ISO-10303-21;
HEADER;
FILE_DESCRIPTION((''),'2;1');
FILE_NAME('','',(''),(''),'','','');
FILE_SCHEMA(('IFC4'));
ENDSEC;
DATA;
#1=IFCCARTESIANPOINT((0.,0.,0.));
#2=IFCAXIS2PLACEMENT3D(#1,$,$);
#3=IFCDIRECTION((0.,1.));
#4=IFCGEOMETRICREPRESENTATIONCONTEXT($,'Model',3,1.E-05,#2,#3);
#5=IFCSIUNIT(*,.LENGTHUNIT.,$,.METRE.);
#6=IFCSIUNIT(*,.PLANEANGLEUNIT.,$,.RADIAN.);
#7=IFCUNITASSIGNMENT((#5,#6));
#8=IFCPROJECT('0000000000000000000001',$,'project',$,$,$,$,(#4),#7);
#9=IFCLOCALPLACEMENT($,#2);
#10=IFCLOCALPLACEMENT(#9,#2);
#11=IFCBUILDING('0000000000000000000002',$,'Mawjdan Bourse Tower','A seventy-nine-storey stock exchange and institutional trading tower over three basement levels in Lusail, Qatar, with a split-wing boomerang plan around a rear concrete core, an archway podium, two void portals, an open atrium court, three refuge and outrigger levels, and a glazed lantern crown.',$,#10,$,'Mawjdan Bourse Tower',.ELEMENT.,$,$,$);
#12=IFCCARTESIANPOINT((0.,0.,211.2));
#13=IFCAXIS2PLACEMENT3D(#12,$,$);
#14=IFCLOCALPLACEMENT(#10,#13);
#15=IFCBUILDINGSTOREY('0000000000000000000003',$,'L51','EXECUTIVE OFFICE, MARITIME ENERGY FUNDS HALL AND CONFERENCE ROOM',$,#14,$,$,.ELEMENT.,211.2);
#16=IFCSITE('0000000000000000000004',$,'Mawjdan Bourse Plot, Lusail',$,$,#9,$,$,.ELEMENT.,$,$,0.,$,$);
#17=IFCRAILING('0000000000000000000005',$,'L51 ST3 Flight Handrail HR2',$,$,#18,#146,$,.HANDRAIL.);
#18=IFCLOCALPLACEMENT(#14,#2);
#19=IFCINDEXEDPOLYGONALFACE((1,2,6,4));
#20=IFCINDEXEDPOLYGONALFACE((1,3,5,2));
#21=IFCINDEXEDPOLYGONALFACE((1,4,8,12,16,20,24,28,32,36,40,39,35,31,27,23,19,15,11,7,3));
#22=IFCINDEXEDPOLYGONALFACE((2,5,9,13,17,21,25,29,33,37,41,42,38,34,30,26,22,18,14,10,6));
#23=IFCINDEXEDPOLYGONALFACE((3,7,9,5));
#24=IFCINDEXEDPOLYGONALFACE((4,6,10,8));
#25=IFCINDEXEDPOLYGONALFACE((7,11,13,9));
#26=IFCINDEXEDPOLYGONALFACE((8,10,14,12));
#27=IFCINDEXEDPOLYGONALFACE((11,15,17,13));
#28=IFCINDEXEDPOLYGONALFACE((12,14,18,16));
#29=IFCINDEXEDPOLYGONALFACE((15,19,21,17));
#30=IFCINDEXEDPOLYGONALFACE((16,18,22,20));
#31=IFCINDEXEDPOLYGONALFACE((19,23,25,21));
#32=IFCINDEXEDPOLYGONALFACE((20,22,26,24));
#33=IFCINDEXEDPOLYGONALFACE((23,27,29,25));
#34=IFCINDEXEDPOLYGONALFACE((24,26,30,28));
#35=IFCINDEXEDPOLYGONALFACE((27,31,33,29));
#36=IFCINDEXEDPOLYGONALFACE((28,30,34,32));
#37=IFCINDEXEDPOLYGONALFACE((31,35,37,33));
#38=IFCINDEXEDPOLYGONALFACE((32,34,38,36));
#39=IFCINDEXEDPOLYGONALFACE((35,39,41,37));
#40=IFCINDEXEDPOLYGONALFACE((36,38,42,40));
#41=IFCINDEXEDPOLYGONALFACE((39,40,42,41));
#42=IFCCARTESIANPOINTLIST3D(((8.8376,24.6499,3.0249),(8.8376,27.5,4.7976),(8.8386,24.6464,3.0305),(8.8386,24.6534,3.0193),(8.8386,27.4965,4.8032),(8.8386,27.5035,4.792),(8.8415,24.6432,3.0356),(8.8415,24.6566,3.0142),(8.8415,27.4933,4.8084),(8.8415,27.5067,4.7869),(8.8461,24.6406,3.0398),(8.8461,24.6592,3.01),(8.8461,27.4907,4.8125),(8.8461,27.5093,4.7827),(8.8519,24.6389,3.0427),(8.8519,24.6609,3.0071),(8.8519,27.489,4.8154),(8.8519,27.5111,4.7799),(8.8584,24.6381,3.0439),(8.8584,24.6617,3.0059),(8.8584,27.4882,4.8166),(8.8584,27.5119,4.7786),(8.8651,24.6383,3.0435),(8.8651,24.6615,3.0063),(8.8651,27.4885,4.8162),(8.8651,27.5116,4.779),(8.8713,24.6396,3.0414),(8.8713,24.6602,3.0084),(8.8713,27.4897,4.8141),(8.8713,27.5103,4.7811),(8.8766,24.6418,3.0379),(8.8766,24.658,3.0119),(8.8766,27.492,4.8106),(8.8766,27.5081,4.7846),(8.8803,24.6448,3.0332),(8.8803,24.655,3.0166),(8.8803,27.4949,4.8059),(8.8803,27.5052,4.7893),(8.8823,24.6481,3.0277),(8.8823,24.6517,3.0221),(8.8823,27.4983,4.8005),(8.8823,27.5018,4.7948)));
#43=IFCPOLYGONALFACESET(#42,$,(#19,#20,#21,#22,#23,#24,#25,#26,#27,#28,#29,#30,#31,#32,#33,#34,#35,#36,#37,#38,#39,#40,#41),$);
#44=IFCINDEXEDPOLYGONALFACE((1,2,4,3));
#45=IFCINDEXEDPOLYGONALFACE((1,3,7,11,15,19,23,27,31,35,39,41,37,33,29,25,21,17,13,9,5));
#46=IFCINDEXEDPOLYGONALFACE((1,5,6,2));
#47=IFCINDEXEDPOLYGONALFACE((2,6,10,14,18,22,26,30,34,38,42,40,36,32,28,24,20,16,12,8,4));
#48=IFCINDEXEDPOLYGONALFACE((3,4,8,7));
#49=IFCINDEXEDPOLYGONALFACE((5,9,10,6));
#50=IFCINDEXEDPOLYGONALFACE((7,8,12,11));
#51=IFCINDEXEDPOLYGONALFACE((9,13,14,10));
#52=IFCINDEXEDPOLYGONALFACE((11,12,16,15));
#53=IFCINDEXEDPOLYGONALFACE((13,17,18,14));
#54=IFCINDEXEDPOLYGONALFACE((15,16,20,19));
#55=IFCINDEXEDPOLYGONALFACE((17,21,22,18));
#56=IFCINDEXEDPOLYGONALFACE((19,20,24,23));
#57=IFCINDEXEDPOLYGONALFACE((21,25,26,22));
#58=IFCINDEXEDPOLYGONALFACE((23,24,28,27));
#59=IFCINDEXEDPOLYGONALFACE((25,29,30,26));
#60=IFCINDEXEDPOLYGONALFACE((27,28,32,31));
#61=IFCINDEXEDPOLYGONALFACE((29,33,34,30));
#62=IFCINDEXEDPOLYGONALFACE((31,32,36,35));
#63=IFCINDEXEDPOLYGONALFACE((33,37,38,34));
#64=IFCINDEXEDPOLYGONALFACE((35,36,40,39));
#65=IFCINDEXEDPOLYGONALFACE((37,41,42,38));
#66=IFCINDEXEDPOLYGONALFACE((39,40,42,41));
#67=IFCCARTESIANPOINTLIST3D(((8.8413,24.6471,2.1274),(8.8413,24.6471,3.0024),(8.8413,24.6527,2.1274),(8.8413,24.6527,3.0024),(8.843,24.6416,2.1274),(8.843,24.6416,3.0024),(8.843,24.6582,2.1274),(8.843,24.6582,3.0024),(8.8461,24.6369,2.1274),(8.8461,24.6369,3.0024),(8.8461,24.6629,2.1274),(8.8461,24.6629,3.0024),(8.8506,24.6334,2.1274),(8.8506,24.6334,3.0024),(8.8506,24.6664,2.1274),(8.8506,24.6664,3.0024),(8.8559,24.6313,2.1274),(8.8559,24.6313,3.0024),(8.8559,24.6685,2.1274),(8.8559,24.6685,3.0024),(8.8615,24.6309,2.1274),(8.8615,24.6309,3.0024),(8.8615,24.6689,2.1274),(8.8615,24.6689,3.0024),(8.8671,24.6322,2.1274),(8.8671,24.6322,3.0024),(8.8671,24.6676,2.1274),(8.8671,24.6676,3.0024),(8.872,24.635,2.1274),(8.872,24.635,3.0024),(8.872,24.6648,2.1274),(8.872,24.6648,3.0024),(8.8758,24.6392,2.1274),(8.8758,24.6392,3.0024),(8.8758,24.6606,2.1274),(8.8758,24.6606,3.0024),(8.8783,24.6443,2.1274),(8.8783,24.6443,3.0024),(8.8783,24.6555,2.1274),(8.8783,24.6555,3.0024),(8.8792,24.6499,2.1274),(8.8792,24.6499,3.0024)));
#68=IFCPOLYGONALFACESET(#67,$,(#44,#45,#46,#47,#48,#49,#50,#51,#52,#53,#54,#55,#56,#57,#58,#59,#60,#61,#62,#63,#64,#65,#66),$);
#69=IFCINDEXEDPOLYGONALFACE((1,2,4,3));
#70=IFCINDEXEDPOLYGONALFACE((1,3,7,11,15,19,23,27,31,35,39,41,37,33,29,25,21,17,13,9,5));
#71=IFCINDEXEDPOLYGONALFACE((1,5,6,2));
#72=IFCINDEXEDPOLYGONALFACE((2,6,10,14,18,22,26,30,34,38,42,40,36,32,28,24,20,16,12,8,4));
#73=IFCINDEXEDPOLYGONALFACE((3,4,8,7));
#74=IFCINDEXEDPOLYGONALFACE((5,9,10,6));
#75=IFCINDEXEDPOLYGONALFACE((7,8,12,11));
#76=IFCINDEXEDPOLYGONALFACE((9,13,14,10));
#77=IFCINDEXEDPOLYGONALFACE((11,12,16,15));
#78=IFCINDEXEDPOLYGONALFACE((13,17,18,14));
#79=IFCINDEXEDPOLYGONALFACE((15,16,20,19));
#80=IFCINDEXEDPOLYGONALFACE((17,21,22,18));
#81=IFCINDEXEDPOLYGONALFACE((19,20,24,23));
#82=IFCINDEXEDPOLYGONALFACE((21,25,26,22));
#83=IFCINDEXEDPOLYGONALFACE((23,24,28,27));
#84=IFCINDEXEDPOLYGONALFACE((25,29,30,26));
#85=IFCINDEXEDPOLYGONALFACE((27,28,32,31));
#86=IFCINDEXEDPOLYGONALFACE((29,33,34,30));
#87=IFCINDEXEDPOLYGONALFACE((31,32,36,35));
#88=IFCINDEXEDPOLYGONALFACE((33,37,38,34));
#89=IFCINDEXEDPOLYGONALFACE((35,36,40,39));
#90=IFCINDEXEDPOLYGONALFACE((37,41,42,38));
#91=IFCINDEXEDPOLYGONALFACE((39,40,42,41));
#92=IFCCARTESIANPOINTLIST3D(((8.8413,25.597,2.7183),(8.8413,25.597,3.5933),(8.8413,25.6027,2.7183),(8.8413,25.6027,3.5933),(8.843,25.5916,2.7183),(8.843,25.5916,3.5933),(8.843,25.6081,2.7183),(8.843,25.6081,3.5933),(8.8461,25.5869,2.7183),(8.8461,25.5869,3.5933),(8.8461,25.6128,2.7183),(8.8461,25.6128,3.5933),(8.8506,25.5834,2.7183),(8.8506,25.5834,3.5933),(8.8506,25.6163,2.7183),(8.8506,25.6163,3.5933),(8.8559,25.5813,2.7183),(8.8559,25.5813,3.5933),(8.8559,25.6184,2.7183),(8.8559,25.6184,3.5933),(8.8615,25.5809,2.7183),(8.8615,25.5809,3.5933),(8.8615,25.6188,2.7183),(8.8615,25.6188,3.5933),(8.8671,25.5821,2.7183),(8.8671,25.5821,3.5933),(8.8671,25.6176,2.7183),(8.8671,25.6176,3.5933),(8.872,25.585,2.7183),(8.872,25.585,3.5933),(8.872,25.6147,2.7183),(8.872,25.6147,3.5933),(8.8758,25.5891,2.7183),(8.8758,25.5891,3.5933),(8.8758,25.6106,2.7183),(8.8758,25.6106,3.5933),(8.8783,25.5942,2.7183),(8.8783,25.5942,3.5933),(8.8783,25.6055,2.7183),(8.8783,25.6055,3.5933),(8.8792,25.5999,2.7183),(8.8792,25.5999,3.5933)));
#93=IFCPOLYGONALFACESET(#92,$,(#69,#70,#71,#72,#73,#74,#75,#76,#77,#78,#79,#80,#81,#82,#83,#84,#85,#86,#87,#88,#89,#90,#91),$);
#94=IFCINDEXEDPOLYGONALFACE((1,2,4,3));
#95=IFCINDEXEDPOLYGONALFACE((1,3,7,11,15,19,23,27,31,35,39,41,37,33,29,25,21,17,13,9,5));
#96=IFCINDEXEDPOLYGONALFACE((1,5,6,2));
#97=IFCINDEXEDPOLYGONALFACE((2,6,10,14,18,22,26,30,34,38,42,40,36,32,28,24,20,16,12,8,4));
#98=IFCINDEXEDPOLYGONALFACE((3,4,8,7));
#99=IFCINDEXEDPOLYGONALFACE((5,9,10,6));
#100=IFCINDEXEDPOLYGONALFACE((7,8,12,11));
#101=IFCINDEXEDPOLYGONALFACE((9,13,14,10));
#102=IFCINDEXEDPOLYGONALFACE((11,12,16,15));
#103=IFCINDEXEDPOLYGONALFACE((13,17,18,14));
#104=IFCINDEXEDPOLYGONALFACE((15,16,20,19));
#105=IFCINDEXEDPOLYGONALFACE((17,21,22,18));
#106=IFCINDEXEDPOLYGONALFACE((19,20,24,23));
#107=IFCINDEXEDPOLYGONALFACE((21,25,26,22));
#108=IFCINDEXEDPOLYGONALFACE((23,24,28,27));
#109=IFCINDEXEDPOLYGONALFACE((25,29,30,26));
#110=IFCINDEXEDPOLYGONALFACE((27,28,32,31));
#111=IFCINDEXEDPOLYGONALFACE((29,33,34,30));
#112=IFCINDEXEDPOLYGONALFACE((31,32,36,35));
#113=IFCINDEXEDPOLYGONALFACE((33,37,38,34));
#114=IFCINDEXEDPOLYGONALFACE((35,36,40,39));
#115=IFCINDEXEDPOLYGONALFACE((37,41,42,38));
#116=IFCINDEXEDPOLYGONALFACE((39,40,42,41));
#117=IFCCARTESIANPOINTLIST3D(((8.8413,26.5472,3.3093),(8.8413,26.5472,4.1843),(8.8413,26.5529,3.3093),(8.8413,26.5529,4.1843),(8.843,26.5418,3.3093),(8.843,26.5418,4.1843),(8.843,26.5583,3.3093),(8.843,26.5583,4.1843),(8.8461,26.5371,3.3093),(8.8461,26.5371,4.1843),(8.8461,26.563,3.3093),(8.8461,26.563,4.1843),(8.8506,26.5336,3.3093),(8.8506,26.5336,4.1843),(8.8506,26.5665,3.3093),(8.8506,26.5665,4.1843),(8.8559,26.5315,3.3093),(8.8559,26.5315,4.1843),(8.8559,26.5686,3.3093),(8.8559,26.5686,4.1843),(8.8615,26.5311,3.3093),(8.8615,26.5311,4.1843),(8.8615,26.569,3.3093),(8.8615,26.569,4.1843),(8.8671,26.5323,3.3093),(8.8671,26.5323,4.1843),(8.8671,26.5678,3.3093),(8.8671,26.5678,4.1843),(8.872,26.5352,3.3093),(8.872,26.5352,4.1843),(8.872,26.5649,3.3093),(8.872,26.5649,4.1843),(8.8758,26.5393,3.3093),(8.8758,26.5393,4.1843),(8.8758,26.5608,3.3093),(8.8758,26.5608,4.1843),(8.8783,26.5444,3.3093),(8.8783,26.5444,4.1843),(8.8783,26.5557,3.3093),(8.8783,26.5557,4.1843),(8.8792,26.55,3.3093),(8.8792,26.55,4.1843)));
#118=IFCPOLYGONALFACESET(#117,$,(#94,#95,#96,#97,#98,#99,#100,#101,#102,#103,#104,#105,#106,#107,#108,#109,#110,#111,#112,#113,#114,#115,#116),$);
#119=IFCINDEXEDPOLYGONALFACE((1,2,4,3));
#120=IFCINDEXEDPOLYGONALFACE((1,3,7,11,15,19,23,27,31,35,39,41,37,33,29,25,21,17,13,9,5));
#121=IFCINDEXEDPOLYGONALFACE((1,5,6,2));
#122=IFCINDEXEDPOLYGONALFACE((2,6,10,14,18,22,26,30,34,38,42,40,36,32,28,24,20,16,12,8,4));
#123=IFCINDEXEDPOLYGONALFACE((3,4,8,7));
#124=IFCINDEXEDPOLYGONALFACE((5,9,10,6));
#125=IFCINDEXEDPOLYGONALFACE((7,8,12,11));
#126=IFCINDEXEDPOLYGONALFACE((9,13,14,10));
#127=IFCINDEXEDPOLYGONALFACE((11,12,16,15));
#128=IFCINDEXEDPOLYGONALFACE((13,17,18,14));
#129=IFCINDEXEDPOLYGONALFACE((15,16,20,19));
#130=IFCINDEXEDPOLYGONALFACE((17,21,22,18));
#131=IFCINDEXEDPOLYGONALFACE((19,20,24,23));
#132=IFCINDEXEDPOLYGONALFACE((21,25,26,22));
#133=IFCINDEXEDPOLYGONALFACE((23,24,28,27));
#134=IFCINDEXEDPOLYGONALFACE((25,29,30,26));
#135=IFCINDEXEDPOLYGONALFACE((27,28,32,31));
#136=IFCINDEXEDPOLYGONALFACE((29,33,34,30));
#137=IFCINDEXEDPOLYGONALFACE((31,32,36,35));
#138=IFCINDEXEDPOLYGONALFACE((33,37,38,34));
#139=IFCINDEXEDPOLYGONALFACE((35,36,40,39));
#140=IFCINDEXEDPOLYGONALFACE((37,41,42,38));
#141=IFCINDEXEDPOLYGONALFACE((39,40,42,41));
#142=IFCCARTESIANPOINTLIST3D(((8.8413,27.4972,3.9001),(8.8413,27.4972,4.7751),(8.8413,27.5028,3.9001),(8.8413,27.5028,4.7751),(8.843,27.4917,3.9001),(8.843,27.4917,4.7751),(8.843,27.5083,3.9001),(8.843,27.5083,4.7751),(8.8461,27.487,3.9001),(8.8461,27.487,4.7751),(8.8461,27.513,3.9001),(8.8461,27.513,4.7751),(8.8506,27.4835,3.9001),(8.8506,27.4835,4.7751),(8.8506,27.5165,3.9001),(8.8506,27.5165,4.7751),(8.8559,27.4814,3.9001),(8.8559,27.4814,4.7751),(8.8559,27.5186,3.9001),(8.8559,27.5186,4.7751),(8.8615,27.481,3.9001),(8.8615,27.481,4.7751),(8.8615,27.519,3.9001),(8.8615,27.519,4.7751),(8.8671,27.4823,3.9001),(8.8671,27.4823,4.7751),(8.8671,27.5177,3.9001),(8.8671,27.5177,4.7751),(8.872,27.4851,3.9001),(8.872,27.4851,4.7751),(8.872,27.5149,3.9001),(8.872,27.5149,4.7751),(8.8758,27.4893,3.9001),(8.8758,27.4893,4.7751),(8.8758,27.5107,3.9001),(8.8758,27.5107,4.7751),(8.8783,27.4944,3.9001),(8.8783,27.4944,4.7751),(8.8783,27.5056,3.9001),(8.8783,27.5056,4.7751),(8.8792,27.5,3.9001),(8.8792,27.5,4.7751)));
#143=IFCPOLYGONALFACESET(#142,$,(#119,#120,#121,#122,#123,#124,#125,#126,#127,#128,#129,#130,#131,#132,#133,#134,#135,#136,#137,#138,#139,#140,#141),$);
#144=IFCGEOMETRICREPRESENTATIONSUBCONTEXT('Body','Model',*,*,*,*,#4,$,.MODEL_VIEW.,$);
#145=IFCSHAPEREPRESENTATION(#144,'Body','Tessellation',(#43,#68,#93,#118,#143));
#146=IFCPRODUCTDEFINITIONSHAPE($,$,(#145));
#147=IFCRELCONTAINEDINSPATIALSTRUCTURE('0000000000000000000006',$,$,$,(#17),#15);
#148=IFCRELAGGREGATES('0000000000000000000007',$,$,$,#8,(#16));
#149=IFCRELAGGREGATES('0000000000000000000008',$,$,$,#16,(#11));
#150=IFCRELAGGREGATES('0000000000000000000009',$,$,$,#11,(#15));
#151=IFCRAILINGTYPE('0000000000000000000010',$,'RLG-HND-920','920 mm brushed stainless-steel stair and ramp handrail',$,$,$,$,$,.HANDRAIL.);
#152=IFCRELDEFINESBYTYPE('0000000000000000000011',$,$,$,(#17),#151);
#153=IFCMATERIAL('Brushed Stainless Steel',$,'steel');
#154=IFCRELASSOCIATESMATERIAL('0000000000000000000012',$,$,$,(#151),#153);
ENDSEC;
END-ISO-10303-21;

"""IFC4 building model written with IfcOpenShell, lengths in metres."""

from ifc_helpers import new_model, si_unit, direction, frame, origin, origin_2d, place, context, subcontext, project, spatial, circle, extrude, material, type_object, element, save


model = new_model("IFC4")

# Units and contexts
model_context = context("Model", 3, precision=1e-05, world=origin(), true_north=direction((0.0, 1.0)))
body_context = subcontext(model_context, "Body", "Model", "MODEL_VIEW")
ifc_project = project(units=[si_unit("LENGTHUNIT", "METRE"), si_unit("PLANEANGLEUNIT", "RADIAN")], contexts=[model_context])

# Site, building, storey
site_placement = place(None, origin())
site = spatial("IfcSite", under=ifc_project, at=site_placement, Name="Mawjdan Bourse Plot, Lusail", CompositionType="ELEMENT", RefElevation=0.0)
building_placement = place(site_placement, origin())
building = spatial("IfcBuilding", under=site, at=building_placement, Name="Mawjdan Bourse Tower", Description="A seventy-nine-storey stock exchange and institutional trading tower over three basement levels in Lusail, Qatar, with a split-wing boomerang plan around a rear concrete core, an archway podium, two void portals, an open atrium court, three refuge and outrigger levels, and a glazed lantern crown.", LongName="Mawjdan Bourse Tower", CompositionType="ELEMENT")
storey_placement = place(building_placement, frame((0.0, 0.0, 211.2)))
storey = spatial("IfcBuildingStorey", under=building, at=storey_placement, Name="L51", Description="EXECUTIVE OFFICE, MARITIME ENERGY FUNDS HALL AND CONFERENCE ROOM", CompositionType="ELEMENT", Elevation=211.2)

# Railing
ifc_material_1 = material(Name="Brushed Stainless Steel", Category="steel")
railing_type_1 = type_object("IfcRailingType", Name="RLG-HND-920", Description="920 mm brushed stainless-steel stair and ramp handrail", PredefinedType="HANDRAIL", material=ifc_material_1)
railing_1_placement = place(storey_placement, frame((8.8601, 24.6499, 2.1274)))
element("IfcRailing", 1, at=railing_1_placement, inside=storey, type_object=railing_type_1, Name="L51 ST3 Flight Handrail HR2", PredefinedType="HANDRAIL", context=body_context, shape_type="SweptSolid", body=[
    extrude(circle(Radius=0.0225, at=origin_2d()), frame((0.0, 0.0, 0.8975), z_axis=(0.0, 0.849149, 0.528154), x_axis=(-1.0, 0.0, 0.0)), (0.0, 0.0, 1.0), 3.3564),
    extrude(circle(Radius=0.019, at=origin_2d()), origin(), (0.0, 0.0, 1.0), 0.875),
    extrude(circle(Radius=0.019, at=origin_2d()), frame((0.0, 0.95, 0.5908)), (0.0, 0.0, 1.0), 0.875),
    extrude(circle(Radius=0.019, at=origin_2d()), frame((0.0, 1.9001, 1.1819)), (0.0, 0.0, 1.0), 0.875),
    extrude(circle(Radius=0.019, at=origin_2d()), frame((0.0, 2.8501, 1.7727)), (0.0, 0.0, 1.0), 0.875),
])

save(model, "model.ifc")
